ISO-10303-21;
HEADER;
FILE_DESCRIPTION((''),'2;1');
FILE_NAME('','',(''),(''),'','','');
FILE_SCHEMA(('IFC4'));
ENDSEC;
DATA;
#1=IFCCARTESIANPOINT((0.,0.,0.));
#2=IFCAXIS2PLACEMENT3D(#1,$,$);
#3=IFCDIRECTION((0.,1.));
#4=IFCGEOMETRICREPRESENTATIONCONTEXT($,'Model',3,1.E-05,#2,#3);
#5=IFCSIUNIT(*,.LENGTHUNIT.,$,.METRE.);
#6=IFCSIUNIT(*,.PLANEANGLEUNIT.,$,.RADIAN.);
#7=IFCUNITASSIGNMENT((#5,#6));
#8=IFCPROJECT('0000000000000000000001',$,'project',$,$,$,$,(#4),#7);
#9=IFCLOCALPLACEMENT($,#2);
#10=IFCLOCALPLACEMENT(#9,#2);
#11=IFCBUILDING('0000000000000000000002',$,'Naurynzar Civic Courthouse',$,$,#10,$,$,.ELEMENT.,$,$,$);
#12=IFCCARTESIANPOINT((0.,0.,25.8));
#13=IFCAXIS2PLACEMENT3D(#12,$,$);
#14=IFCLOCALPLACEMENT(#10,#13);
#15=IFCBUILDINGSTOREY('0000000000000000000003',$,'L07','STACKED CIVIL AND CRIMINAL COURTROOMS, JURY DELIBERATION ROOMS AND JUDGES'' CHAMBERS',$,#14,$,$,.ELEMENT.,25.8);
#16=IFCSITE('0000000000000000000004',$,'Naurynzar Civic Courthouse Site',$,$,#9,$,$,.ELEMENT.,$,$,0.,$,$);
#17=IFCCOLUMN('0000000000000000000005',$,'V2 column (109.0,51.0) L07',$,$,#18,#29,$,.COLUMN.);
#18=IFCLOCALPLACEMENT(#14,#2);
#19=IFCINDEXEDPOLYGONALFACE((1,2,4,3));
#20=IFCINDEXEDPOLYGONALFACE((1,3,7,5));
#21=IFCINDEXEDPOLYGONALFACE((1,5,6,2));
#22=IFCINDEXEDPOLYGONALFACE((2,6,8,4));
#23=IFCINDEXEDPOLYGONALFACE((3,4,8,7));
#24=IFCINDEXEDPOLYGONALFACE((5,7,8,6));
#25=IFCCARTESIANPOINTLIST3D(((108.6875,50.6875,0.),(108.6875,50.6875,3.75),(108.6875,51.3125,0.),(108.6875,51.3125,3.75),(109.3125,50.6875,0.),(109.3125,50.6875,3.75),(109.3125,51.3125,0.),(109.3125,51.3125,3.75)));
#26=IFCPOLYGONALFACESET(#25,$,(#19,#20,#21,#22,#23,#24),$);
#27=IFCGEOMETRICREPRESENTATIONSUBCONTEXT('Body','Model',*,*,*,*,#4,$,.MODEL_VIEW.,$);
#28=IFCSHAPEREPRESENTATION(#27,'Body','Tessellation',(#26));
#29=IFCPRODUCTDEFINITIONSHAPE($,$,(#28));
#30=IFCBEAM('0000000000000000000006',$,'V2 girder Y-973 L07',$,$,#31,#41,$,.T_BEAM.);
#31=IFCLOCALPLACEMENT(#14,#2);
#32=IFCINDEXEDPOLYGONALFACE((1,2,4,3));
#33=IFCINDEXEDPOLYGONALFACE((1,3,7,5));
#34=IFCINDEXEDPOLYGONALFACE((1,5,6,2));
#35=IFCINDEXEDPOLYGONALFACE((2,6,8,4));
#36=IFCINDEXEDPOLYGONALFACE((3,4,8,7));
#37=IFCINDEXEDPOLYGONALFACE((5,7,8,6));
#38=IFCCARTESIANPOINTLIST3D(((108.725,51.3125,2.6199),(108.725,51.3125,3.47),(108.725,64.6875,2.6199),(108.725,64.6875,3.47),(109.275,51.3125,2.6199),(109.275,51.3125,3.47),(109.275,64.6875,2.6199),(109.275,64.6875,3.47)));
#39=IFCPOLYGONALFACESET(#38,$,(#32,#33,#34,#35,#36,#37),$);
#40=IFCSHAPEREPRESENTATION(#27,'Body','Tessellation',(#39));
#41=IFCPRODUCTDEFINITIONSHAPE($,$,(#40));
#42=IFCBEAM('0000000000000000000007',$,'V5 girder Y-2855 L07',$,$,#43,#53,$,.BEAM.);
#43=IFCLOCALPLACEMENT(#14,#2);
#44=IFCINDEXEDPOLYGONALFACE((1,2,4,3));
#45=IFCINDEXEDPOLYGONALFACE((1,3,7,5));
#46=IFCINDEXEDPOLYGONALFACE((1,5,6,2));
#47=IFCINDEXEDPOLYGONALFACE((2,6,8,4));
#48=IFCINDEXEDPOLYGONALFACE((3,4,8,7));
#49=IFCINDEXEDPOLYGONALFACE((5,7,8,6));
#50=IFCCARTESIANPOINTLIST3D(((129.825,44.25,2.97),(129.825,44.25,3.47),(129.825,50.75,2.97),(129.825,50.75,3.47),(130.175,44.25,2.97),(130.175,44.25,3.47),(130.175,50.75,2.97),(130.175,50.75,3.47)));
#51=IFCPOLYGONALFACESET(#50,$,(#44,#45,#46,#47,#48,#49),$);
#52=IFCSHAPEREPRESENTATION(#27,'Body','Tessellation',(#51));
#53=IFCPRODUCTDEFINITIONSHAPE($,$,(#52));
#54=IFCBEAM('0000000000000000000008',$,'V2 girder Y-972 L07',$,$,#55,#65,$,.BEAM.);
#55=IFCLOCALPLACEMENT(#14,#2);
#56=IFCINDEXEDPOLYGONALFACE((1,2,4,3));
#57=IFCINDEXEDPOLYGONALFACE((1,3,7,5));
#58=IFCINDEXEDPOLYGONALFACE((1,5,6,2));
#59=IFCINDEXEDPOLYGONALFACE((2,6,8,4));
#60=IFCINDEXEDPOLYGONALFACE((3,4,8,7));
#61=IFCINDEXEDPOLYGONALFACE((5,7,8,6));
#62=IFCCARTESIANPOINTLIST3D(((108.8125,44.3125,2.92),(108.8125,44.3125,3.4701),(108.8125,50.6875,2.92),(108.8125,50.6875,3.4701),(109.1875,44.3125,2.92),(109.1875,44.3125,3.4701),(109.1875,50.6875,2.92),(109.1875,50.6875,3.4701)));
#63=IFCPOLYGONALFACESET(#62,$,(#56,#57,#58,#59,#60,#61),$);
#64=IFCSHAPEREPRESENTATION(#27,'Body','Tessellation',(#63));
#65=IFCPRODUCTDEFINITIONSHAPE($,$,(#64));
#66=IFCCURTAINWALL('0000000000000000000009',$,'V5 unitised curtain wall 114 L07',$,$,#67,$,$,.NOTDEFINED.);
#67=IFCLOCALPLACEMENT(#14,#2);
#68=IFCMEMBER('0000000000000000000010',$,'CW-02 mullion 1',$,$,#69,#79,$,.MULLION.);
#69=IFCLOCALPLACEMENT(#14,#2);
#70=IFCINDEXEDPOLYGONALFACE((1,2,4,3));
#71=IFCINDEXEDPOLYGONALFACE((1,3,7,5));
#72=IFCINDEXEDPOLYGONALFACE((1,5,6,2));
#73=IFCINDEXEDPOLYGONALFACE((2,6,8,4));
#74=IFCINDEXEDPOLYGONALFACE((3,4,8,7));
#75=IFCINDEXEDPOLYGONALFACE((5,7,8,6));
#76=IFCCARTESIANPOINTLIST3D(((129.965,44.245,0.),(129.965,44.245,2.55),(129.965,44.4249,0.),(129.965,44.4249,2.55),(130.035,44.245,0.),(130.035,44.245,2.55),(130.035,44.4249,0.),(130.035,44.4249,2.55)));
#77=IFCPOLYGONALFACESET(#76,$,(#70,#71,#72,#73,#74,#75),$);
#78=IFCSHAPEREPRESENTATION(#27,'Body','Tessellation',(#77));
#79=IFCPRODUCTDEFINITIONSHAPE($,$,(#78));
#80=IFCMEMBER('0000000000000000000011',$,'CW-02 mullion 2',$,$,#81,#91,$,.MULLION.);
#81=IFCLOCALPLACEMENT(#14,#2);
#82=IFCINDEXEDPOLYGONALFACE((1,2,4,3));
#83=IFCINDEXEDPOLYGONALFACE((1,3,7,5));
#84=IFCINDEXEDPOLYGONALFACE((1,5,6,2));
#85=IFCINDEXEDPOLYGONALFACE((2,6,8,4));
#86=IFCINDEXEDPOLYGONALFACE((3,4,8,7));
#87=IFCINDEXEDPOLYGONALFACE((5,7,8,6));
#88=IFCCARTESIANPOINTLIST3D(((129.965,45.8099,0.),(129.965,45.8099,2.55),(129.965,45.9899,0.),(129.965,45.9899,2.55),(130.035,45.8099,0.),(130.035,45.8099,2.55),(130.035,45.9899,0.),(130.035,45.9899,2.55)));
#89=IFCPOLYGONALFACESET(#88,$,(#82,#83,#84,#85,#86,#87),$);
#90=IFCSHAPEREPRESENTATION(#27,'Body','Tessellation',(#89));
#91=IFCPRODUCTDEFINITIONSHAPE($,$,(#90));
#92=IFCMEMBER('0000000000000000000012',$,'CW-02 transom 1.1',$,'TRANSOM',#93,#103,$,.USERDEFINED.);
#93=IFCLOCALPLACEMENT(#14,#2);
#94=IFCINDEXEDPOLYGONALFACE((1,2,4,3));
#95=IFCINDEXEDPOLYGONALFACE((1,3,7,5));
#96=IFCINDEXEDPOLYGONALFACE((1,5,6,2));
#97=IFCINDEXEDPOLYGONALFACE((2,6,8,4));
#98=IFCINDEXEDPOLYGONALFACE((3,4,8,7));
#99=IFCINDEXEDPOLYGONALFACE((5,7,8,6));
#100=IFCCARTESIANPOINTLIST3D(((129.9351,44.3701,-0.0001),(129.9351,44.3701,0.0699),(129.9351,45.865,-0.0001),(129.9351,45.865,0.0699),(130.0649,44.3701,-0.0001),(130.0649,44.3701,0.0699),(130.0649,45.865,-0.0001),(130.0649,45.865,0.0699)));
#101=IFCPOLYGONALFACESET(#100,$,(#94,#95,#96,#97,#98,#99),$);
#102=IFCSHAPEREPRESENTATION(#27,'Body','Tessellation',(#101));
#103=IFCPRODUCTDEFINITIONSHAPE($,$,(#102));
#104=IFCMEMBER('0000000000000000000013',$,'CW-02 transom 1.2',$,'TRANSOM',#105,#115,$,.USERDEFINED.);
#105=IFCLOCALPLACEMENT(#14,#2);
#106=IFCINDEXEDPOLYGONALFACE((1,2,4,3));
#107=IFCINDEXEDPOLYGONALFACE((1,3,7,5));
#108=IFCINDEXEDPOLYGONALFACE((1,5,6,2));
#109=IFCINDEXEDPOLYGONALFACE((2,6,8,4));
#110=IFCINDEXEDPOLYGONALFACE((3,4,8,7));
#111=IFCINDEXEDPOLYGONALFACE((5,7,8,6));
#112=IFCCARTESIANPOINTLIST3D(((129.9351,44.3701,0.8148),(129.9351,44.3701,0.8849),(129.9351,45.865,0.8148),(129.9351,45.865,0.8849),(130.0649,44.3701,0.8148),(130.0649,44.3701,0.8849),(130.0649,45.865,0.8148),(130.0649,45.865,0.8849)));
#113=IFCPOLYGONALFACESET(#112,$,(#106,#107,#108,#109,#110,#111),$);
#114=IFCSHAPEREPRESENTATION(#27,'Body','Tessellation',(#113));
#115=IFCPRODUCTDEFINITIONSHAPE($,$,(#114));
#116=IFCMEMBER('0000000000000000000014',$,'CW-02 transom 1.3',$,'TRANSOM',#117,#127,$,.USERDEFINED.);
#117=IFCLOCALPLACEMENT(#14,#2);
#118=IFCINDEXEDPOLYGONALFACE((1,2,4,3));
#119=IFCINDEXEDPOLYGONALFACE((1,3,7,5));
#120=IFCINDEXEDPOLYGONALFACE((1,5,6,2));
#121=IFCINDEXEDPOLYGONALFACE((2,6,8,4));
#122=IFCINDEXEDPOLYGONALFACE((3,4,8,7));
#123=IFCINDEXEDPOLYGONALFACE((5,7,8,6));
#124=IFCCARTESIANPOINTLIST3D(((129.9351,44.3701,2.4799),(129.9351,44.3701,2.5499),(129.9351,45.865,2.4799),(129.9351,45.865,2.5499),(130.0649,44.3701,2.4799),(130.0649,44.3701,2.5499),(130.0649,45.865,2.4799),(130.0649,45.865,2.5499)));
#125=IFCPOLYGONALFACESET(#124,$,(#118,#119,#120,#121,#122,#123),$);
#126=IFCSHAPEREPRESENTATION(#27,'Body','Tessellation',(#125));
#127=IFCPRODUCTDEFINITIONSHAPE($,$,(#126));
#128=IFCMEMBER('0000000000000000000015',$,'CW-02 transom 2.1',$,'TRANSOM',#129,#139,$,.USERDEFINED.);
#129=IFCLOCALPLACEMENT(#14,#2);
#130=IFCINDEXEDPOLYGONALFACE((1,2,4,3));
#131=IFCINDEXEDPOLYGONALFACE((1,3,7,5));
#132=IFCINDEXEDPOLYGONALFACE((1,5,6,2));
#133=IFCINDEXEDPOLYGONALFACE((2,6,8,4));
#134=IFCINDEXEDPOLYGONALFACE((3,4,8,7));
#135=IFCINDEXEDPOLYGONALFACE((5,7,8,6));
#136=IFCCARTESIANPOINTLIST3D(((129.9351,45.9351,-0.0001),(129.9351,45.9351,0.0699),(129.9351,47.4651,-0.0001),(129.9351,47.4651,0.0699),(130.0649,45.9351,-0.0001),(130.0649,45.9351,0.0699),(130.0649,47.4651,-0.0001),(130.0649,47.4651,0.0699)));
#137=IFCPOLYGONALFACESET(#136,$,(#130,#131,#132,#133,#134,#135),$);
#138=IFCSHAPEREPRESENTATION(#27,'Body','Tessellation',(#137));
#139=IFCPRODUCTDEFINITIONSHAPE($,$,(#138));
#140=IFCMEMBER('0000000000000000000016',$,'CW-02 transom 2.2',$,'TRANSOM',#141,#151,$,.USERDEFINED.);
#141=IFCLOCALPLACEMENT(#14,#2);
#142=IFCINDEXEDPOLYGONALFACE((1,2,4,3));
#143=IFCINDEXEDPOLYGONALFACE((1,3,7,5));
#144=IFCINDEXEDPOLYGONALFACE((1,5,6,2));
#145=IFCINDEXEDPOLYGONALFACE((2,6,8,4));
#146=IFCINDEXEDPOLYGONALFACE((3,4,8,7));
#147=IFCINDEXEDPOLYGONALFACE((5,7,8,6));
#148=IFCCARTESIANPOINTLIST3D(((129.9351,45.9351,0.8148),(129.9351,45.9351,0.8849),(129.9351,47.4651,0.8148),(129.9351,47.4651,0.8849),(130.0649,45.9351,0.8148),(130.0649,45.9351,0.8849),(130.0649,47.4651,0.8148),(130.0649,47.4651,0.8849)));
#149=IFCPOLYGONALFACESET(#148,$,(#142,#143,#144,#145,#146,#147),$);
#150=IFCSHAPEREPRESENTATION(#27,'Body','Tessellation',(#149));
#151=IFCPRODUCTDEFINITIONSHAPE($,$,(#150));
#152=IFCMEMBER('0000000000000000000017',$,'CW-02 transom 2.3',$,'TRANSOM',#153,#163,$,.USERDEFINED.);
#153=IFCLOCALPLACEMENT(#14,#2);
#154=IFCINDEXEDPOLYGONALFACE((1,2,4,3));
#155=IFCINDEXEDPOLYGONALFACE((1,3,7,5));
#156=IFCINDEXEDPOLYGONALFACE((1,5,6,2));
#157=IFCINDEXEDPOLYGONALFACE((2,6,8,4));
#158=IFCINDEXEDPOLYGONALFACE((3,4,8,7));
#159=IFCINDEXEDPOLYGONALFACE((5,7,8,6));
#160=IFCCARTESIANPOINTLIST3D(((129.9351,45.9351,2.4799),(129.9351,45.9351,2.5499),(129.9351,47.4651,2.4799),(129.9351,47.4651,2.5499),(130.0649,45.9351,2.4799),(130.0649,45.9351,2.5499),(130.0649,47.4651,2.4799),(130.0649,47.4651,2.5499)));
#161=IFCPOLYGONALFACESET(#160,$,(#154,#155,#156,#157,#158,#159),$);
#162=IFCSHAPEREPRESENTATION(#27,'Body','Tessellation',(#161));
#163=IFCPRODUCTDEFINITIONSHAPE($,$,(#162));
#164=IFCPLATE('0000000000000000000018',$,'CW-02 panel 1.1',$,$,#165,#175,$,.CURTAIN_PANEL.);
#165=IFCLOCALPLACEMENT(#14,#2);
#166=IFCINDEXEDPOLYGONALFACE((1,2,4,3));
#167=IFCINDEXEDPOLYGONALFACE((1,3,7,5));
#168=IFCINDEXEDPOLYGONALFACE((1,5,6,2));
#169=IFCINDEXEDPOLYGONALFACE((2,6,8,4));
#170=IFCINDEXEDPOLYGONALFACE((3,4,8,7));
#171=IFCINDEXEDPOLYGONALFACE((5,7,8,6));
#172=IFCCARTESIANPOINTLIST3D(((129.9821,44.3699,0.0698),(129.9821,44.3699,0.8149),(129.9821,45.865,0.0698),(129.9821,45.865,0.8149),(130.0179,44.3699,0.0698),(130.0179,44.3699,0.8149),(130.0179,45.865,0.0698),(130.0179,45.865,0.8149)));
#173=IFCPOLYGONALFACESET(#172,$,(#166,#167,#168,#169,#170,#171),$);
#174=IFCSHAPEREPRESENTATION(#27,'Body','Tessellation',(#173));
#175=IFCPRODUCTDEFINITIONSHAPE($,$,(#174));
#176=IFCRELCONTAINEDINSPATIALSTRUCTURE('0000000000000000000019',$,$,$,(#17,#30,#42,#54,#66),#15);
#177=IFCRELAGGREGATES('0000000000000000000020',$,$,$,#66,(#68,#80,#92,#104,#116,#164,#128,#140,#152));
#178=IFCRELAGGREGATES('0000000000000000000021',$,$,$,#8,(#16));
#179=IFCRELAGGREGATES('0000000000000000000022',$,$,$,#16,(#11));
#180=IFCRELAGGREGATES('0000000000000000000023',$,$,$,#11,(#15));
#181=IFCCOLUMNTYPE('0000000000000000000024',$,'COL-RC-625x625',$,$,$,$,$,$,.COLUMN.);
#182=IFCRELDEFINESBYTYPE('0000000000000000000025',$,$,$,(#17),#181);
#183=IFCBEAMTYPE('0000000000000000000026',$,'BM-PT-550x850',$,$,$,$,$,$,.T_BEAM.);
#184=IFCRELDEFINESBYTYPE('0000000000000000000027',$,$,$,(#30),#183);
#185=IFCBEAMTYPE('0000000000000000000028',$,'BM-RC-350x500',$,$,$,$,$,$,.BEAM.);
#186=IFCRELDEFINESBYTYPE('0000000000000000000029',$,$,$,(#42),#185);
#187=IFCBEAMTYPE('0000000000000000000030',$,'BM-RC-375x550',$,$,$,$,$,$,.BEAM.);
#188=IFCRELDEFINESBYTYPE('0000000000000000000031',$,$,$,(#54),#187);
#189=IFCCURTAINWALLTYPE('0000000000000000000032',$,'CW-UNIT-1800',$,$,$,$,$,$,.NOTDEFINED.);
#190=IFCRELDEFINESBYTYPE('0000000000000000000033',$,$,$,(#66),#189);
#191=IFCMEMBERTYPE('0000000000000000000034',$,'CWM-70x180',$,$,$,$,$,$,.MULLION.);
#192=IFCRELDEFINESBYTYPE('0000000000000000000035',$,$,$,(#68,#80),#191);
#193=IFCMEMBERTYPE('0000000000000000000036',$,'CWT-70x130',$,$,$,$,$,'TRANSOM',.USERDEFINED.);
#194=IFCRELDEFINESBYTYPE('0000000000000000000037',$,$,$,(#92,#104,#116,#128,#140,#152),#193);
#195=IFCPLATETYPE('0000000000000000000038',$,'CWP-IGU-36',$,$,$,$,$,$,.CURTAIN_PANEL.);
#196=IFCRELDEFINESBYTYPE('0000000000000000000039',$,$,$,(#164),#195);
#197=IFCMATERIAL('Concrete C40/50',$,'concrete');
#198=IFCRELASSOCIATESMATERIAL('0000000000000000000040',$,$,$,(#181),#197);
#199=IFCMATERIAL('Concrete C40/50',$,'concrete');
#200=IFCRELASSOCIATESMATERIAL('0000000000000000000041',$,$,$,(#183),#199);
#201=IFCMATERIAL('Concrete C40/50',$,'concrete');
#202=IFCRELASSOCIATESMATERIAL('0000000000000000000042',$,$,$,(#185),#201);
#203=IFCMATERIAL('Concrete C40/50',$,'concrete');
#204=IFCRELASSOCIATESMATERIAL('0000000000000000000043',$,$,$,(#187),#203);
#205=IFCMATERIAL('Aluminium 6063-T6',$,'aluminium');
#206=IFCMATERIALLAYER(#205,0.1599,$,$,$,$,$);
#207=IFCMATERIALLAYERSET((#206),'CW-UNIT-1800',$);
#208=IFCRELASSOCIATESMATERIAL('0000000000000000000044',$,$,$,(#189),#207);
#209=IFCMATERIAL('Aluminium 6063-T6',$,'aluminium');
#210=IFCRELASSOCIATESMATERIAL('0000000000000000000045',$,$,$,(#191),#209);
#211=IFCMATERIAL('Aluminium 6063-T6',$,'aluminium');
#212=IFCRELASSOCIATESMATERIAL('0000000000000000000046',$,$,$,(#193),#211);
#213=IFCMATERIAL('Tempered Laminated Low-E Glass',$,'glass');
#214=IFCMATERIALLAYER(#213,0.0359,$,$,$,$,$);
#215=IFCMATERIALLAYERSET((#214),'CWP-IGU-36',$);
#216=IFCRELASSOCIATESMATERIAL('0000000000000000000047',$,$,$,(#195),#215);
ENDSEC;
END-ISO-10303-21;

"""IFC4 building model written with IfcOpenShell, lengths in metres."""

from ifc_helpers import new_model, si_unit, direction, frame, origin, origin_2d, place, context, subcontext, project, spatial, rectangle, extrude, material, layer, layer_set, material_profile, profile_set, type_object, element, aggregate, save


model = new_model("IFC4")

# Units and contexts
model_context = context("Model", 3, precision=1e-05, world=origin(), true_north=direction((0.0, 1.0)))
body_context = subcontext(model_context, "Body", "Model", "MODEL_VIEW")
ifc_project = project(units=[si_unit("LENGTHUNIT", "METRE"), si_unit("PLANEANGLEUNIT", "RADIAN")], contexts=[model_context])

# Site, building, storey
site_placement = place(None, origin())
site = spatial("IfcSite", under=ifc_project, at=site_placement, Name="Naurynzar Civic Courthouse Site", CompositionType="ELEMENT", RefElevation=0.0)
building_placement = place(site_placement, origin())
building = spatial("IfcBuilding", under=site, at=building_placement, Name="Naurynzar Civic Courthouse", CompositionType="ELEMENT")
storey_placement = place(building_placement, frame((0.0, 0.0, 25.8)))
storey = spatial("IfcBuildingStorey", under=building, at=storey_placement, Name="L07", Description="STACKED CIVIL AND CRIMINAL COURTROOMS, JURY DELIBERATION ROOMS AND JUDGES' CHAMBERS", CompositionType="ELEMENT", Elevation=25.8)

# Column
ifc_material_1 = material(Name="Concrete C40/50", Category="concrete")
ifc_material_profile_1 = material_profile(ifc_material_1, rectangle(XDim=0.625, YDim=0.625, at=origin_2d()), Name="RC 625x625")
ifc_profile_set_1 = profile_set([ifc_material_profile_1], Name="Concrete C40/50")
column_type = type_object("IfcColumnType", Name="COL-RC-625x625", PredefinedType="COLUMN", material=ifc_profile_set_1)
column_placement = place(storey_placement, frame((109.0, 51.0, 0.0), z_axis=(0.0, 0.0, 1.0), x_axis=(1.0, 0.0, 0.0)))
element("IfcColumn", 1, at=column_placement, inside=storey, type_object=column_type, Name="V2 column (109.0,51.0) L07", PredefinedType="COLUMN", context=body_context, shape_type="SweptSolid", body=[
    extrude(rectangle(XDim=0.625, YDim=0.625, at=origin_2d()), origin(), (0.0, 0.0, 1.0), 3.75),
])

# Beams
ifc_material_2 = material(Name="Concrete C40/50", Category="concrete")
ifc_material_profile_2 = material_profile(ifc_material_2, rectangle(XDim=0.55, YDim=0.8501, at=origin_2d()), Name="PTB 550x850")
ifc_profile_set_2 = profile_set([ifc_material_profile_2], Name="Concrete C40/50")
beam_type_1 = type_object("IfcBeamType", Name="BM-PT-550x850", PredefinedType="T_BEAM", material=ifc_profile_set_2)
beam_1_placement = place(storey_placement, frame((109.0, 51.3125, 3.0449), z_axis=(0.0, 1.0, 0.0), x_axis=(-1.0, 0.0, 0.0)))
element("IfcBeam", 2, at=beam_1_placement, inside=storey, type_object=beam_type_1, Name="V2 girder Y-973 L07", PredefinedType="T_BEAM", context=body_context, shape_type="SweptSolid", body=[
    extrude(rectangle(XDim=0.55, YDim=0.8501, at=origin_2d()), origin(), (0.0, 0.0, 1.0), 13.375),
])
ifc_material_3 = material(Name="Concrete C40/50", Category="concrete")
ifc_material_profile_3 = material_profile(ifc_material_3, rectangle(XDim=0.3501, YDim=0.5, at=origin_2d()), Name="RCB 350x500")
ifc_profile_set_3 = profile_set([ifc_material_profile_3], Name="Concrete C40/50")
beam_type_2 = type_object("IfcBeamType", Name="BM-RC-350x500", PredefinedType="BEAM", material=ifc_profile_set_3)
beam_2_placement = place(storey_placement, frame((130.0, 44.25, 3.22), z_axis=(0.0, 1.0, 0.0), x_axis=(-1.0, 0.0, 0.0)))
element("IfcBeam", 3, at=beam_2_placement, inside=storey, type_object=beam_type_2, Name="V5 girder Y-2855 L07", PredefinedType="BEAM", context=body_context, shape_type="SweptSolid", body=[
    extrude(rectangle(XDim=0.3501, YDim=0.5, at=origin_2d()), origin(), (0.0, 0.0, 1.0), 6.5),
])
ifc_material_4 = material(Name="Concrete C40/50", Category="concrete")
ifc_material_profile_4 = material_profile(ifc_material_4, rectangle(XDim=0.375, YDim=0.55, at=origin_2d()), Name="RCB 375x550")
ifc_profile_set_4 = profile_set([ifc_material_profile_4], Name="Concrete C40/50")
beam_type_3 = type_object("IfcBeamType", Name="BM-RC-375x550", PredefinedType="BEAM", material=ifc_profile_set_4)
beam_3_placement = place(storey_placement, frame((109.0, 44.3125, 3.1951), z_axis=(0.0, 1.0, 0.0), x_axis=(-1.0, 0.0, 0.0)))
element("IfcBeam", 4, at=beam_3_placement, inside=storey, type_object=beam_type_3, Name="V2 girder Y-972 L07", PredefinedType="BEAM", context=body_context, shape_type="SweptSolid", body=[
    extrude(rectangle(XDim=0.375, YDim=0.55, at=origin_2d()), origin(), (0.0, 0.0, 1.0), 6.375),
])

# Curtain wall, members, plate
ifc_material_5 = material(Name="Aluminium 6063-T6", Category="aluminium")
ifc_layer_1 = layer(ifc_material_5, 0.1599)
ifc_layer_set_1 = layer_set([ifc_layer_1], Name="CW-UNIT-1800")
curtain_wall_type = type_object("IfcCurtainWallType", Name="CW-UNIT-1800", PredefinedType="NOTDEFINED", material=ifc_layer_set_1)
curtain_wall_placement = place(storey_placement, origin())
curtain_wall = element("IfcCurtainWall", 5, at=curtain_wall_placement, inside=storey, type_object=curtain_wall_type, Name="V5 unitised curtain wall 114 L07", PredefinedType="NOTDEFINED")
ifc_material_6 = material(Name="Aluminium 6063-T6", Category="aluminium")
ifc_material_profile_5 = material_profile(ifc_material_6, rectangle(XDim=0.0701, YDim=0.1799, at=origin_2d()), Name="ALU MULLION 70x180")
ifc_profile_set_5 = profile_set([ifc_material_profile_5], Name="Aluminium 6063-T6")
member_type_1 = type_object("IfcMemberType", Name="CWM-70x180", PredefinedType="MULLION", material=ifc_profile_set_5)
member_1_placement = place(storey_placement, frame((130.0, 44.335, 0.0), z_axis=(0.0, 0.0, 1.0), x_axis=(-1.0, 0.0, 0.0)))
member_1 = element("IfcMember", 6, at=member_1_placement, type_object=member_type_1, Name="CW-02 mullion 1", PredefinedType="MULLION", context=body_context, shape_type="SweptSolid", body=[
    extrude(rectangle(XDim=0.0701, YDim=0.1799, at=origin_2d()), origin(), (0.0, 0.0, 1.0), 2.55),
])
member_2_placement = place(storey_placement, frame((130.0, 45.8999, 0.0), z_axis=(0.0, 0.0, 1.0), x_axis=(-1.0, 0.0, 0.0)))
member_2 = element("IfcMember", 7, at=member_2_placement, type_object=member_type_1, Name="CW-02 mullion 2", PredefinedType="MULLION", context=body_context, shape_type="SweptSolid", body=[
    extrude(rectangle(XDim=0.0701, YDim=0.1799, at=origin_2d()), origin(), (0.0, 0.0, 1.0), 2.55),
])
ifc_material_7 = material(Name="Aluminium 6063-T6", Category="aluminium")
ifc_material_profile_6 = material_profile(ifc_material_7, rectangle(XDim=0.1299, YDim=0.0701, at=origin_2d()), Name="ALU TRANSOM 70x130")
ifc_profile_set_6 = profile_set([ifc_material_profile_6], Name="Aluminium 6063-T6")
member_type_2 = type_object("IfcMemberType", Name="CWT-70x130", ElementType="TRANSOM", PredefinedType="USERDEFINED", material=ifc_profile_set_6)
member_3_placement = place(storey_placement, frame((130.0, 44.3701, 0.0349), z_axis=(0.0, 1.0, 0.0), x_axis=(-1.0, 0.0, 0.0)))
member_3 = element("IfcMember", 8, at=member_3_placement, type_object=member_type_2, Name="CW-02 transom 1.1", ObjectType="TRANSOM", PredefinedType="USERDEFINED", context=body_context, shape_type="SweptSolid", body=[
    extrude(rectangle(XDim=0.1299, YDim=0.0701, at=origin_2d()), origin(), (0.0, 0.0, 1.0), 1.4949),
])
member_4_placement = place(storey_placement, frame((130.0, 44.3701, 0.8499), z_axis=(0.0, 1.0, 0.0), x_axis=(-1.0, 0.0, 0.0)))
member_4 = element("IfcMember", 9, at=member_4_placement, type_object=member_type_2, Name="CW-02 transom 1.2", ObjectType="TRANSOM", PredefinedType="USERDEFINED", context=body_context, shape_type="SweptSolid", body=[
    extrude(rectangle(XDim=0.1299, YDim=0.0701, at=origin_2d()), origin(), (0.0, 0.0, 1.0), 1.4949),
])
member_5_placement = place(storey_placement, frame((130.0, 44.3701, 2.5149), z_axis=(0.0, 1.0, 0.0), x_axis=(-1.0, 0.0, 0.0)))
member_5 = element("IfcMember", 10, at=member_5_placement, type_object=member_type_2, Name="CW-02 transom 1.3", ObjectType="TRANSOM", PredefinedType="USERDEFINED", context=body_context, shape_type="SweptSolid", body=[
    extrude(rectangle(XDim=0.1299, YDim=0.0701, at=origin_2d()), origin(), (0.0, 0.0, 1.0), 1.4949),
])
member_6_placement = place(storey_placement, frame((130.0, 45.9351, 0.0349), z_axis=(0.0, 1.0, 0.0), x_axis=(-1.0, 0.0, 0.0)))
member_6 = element("IfcMember", 11, at=member_6_placement, type_object=member_type_2, Name="CW-02 transom 2.1", ObjectType="TRANSOM", PredefinedType="USERDEFINED", context=body_context, shape_type="SweptSolid", body=[
    extrude(rectangle(XDim=0.1299, YDim=0.0701, at=origin_2d()), origin(), (0.0, 0.0, 1.0), 1.53),
])
member_7_placement = place(storey_placement, frame((130.0, 45.9351, 0.8499), z_axis=(0.0, 1.0, 0.0), x_axis=(-1.0, 0.0, 0.0)))
member_7 = element("IfcMember", 12, at=member_7_placement, type_object=member_type_2, Name="CW-02 transom 2.2", ObjectType="TRANSOM", PredefinedType="USERDEFINED", context=body_context, shape_type="SweptSolid", body=[
    extrude(rectangle(XDim=0.1299, YDim=0.0701, at=origin_2d()), origin(), (0.0, 0.0, 1.0), 1.53),
])
member_8_placement = place(storey_placement, frame((130.0, 45.9351, 2.5149), z_axis=(0.0, 1.0, 0.0), x_axis=(-1.0, 0.0, 0.0)))
member_8 = element("IfcMember", 13, at=member_8_placement, type_object=member_type_2, Name="CW-02 transom 2.3", ObjectType="TRANSOM", PredefinedType="USERDEFINED", context=body_context, shape_type="SweptSolid", body=[
    extrude(rectangle(XDim=0.1299, YDim=0.0701, at=origin_2d()), origin(), (0.0, 0.0, 1.0), 1.53),
])
ifc_material_8 = material(Name="Tempered Laminated Low-E Glass", Category="glass")
ifc_layer_2 = layer(ifc_material_8, 0.0359)
ifc_layer_set_2 = layer_set([ifc_layer_2], Name="CWP-IGU-36")
plate_type = type_object("IfcPlateType", Name="CWP-IGU-36", PredefinedType="CURTAIN_PANEL", material=ifc_layer_set_2)
plate_1_placement = place(storey_placement, frame((130.0, 45.1174, 0.0698), z_axis=(0.0, 0.0, 1.0), x_axis=(0.0, 1.0, 0.0)))
plate_1 = element("IfcPlate", 14, at=plate_1_placement, type_object=plate_type, Name="CW-02 panel 1.1", PredefinedType="CURTAIN_PANEL", context=body_context, shape_type="SweptSolid", body=[
    extrude(rectangle(XDim=1.4951, YDim=0.0359, at=origin_2d()), origin(), (0.0, 0.0, 1.0), 0.7451),
])
aggregate(curtain_wall, [member_1, member_2, member_3, member_4, member_5, plate_1, member_6, member_7, member_8])

save(model, "model.ifc")
